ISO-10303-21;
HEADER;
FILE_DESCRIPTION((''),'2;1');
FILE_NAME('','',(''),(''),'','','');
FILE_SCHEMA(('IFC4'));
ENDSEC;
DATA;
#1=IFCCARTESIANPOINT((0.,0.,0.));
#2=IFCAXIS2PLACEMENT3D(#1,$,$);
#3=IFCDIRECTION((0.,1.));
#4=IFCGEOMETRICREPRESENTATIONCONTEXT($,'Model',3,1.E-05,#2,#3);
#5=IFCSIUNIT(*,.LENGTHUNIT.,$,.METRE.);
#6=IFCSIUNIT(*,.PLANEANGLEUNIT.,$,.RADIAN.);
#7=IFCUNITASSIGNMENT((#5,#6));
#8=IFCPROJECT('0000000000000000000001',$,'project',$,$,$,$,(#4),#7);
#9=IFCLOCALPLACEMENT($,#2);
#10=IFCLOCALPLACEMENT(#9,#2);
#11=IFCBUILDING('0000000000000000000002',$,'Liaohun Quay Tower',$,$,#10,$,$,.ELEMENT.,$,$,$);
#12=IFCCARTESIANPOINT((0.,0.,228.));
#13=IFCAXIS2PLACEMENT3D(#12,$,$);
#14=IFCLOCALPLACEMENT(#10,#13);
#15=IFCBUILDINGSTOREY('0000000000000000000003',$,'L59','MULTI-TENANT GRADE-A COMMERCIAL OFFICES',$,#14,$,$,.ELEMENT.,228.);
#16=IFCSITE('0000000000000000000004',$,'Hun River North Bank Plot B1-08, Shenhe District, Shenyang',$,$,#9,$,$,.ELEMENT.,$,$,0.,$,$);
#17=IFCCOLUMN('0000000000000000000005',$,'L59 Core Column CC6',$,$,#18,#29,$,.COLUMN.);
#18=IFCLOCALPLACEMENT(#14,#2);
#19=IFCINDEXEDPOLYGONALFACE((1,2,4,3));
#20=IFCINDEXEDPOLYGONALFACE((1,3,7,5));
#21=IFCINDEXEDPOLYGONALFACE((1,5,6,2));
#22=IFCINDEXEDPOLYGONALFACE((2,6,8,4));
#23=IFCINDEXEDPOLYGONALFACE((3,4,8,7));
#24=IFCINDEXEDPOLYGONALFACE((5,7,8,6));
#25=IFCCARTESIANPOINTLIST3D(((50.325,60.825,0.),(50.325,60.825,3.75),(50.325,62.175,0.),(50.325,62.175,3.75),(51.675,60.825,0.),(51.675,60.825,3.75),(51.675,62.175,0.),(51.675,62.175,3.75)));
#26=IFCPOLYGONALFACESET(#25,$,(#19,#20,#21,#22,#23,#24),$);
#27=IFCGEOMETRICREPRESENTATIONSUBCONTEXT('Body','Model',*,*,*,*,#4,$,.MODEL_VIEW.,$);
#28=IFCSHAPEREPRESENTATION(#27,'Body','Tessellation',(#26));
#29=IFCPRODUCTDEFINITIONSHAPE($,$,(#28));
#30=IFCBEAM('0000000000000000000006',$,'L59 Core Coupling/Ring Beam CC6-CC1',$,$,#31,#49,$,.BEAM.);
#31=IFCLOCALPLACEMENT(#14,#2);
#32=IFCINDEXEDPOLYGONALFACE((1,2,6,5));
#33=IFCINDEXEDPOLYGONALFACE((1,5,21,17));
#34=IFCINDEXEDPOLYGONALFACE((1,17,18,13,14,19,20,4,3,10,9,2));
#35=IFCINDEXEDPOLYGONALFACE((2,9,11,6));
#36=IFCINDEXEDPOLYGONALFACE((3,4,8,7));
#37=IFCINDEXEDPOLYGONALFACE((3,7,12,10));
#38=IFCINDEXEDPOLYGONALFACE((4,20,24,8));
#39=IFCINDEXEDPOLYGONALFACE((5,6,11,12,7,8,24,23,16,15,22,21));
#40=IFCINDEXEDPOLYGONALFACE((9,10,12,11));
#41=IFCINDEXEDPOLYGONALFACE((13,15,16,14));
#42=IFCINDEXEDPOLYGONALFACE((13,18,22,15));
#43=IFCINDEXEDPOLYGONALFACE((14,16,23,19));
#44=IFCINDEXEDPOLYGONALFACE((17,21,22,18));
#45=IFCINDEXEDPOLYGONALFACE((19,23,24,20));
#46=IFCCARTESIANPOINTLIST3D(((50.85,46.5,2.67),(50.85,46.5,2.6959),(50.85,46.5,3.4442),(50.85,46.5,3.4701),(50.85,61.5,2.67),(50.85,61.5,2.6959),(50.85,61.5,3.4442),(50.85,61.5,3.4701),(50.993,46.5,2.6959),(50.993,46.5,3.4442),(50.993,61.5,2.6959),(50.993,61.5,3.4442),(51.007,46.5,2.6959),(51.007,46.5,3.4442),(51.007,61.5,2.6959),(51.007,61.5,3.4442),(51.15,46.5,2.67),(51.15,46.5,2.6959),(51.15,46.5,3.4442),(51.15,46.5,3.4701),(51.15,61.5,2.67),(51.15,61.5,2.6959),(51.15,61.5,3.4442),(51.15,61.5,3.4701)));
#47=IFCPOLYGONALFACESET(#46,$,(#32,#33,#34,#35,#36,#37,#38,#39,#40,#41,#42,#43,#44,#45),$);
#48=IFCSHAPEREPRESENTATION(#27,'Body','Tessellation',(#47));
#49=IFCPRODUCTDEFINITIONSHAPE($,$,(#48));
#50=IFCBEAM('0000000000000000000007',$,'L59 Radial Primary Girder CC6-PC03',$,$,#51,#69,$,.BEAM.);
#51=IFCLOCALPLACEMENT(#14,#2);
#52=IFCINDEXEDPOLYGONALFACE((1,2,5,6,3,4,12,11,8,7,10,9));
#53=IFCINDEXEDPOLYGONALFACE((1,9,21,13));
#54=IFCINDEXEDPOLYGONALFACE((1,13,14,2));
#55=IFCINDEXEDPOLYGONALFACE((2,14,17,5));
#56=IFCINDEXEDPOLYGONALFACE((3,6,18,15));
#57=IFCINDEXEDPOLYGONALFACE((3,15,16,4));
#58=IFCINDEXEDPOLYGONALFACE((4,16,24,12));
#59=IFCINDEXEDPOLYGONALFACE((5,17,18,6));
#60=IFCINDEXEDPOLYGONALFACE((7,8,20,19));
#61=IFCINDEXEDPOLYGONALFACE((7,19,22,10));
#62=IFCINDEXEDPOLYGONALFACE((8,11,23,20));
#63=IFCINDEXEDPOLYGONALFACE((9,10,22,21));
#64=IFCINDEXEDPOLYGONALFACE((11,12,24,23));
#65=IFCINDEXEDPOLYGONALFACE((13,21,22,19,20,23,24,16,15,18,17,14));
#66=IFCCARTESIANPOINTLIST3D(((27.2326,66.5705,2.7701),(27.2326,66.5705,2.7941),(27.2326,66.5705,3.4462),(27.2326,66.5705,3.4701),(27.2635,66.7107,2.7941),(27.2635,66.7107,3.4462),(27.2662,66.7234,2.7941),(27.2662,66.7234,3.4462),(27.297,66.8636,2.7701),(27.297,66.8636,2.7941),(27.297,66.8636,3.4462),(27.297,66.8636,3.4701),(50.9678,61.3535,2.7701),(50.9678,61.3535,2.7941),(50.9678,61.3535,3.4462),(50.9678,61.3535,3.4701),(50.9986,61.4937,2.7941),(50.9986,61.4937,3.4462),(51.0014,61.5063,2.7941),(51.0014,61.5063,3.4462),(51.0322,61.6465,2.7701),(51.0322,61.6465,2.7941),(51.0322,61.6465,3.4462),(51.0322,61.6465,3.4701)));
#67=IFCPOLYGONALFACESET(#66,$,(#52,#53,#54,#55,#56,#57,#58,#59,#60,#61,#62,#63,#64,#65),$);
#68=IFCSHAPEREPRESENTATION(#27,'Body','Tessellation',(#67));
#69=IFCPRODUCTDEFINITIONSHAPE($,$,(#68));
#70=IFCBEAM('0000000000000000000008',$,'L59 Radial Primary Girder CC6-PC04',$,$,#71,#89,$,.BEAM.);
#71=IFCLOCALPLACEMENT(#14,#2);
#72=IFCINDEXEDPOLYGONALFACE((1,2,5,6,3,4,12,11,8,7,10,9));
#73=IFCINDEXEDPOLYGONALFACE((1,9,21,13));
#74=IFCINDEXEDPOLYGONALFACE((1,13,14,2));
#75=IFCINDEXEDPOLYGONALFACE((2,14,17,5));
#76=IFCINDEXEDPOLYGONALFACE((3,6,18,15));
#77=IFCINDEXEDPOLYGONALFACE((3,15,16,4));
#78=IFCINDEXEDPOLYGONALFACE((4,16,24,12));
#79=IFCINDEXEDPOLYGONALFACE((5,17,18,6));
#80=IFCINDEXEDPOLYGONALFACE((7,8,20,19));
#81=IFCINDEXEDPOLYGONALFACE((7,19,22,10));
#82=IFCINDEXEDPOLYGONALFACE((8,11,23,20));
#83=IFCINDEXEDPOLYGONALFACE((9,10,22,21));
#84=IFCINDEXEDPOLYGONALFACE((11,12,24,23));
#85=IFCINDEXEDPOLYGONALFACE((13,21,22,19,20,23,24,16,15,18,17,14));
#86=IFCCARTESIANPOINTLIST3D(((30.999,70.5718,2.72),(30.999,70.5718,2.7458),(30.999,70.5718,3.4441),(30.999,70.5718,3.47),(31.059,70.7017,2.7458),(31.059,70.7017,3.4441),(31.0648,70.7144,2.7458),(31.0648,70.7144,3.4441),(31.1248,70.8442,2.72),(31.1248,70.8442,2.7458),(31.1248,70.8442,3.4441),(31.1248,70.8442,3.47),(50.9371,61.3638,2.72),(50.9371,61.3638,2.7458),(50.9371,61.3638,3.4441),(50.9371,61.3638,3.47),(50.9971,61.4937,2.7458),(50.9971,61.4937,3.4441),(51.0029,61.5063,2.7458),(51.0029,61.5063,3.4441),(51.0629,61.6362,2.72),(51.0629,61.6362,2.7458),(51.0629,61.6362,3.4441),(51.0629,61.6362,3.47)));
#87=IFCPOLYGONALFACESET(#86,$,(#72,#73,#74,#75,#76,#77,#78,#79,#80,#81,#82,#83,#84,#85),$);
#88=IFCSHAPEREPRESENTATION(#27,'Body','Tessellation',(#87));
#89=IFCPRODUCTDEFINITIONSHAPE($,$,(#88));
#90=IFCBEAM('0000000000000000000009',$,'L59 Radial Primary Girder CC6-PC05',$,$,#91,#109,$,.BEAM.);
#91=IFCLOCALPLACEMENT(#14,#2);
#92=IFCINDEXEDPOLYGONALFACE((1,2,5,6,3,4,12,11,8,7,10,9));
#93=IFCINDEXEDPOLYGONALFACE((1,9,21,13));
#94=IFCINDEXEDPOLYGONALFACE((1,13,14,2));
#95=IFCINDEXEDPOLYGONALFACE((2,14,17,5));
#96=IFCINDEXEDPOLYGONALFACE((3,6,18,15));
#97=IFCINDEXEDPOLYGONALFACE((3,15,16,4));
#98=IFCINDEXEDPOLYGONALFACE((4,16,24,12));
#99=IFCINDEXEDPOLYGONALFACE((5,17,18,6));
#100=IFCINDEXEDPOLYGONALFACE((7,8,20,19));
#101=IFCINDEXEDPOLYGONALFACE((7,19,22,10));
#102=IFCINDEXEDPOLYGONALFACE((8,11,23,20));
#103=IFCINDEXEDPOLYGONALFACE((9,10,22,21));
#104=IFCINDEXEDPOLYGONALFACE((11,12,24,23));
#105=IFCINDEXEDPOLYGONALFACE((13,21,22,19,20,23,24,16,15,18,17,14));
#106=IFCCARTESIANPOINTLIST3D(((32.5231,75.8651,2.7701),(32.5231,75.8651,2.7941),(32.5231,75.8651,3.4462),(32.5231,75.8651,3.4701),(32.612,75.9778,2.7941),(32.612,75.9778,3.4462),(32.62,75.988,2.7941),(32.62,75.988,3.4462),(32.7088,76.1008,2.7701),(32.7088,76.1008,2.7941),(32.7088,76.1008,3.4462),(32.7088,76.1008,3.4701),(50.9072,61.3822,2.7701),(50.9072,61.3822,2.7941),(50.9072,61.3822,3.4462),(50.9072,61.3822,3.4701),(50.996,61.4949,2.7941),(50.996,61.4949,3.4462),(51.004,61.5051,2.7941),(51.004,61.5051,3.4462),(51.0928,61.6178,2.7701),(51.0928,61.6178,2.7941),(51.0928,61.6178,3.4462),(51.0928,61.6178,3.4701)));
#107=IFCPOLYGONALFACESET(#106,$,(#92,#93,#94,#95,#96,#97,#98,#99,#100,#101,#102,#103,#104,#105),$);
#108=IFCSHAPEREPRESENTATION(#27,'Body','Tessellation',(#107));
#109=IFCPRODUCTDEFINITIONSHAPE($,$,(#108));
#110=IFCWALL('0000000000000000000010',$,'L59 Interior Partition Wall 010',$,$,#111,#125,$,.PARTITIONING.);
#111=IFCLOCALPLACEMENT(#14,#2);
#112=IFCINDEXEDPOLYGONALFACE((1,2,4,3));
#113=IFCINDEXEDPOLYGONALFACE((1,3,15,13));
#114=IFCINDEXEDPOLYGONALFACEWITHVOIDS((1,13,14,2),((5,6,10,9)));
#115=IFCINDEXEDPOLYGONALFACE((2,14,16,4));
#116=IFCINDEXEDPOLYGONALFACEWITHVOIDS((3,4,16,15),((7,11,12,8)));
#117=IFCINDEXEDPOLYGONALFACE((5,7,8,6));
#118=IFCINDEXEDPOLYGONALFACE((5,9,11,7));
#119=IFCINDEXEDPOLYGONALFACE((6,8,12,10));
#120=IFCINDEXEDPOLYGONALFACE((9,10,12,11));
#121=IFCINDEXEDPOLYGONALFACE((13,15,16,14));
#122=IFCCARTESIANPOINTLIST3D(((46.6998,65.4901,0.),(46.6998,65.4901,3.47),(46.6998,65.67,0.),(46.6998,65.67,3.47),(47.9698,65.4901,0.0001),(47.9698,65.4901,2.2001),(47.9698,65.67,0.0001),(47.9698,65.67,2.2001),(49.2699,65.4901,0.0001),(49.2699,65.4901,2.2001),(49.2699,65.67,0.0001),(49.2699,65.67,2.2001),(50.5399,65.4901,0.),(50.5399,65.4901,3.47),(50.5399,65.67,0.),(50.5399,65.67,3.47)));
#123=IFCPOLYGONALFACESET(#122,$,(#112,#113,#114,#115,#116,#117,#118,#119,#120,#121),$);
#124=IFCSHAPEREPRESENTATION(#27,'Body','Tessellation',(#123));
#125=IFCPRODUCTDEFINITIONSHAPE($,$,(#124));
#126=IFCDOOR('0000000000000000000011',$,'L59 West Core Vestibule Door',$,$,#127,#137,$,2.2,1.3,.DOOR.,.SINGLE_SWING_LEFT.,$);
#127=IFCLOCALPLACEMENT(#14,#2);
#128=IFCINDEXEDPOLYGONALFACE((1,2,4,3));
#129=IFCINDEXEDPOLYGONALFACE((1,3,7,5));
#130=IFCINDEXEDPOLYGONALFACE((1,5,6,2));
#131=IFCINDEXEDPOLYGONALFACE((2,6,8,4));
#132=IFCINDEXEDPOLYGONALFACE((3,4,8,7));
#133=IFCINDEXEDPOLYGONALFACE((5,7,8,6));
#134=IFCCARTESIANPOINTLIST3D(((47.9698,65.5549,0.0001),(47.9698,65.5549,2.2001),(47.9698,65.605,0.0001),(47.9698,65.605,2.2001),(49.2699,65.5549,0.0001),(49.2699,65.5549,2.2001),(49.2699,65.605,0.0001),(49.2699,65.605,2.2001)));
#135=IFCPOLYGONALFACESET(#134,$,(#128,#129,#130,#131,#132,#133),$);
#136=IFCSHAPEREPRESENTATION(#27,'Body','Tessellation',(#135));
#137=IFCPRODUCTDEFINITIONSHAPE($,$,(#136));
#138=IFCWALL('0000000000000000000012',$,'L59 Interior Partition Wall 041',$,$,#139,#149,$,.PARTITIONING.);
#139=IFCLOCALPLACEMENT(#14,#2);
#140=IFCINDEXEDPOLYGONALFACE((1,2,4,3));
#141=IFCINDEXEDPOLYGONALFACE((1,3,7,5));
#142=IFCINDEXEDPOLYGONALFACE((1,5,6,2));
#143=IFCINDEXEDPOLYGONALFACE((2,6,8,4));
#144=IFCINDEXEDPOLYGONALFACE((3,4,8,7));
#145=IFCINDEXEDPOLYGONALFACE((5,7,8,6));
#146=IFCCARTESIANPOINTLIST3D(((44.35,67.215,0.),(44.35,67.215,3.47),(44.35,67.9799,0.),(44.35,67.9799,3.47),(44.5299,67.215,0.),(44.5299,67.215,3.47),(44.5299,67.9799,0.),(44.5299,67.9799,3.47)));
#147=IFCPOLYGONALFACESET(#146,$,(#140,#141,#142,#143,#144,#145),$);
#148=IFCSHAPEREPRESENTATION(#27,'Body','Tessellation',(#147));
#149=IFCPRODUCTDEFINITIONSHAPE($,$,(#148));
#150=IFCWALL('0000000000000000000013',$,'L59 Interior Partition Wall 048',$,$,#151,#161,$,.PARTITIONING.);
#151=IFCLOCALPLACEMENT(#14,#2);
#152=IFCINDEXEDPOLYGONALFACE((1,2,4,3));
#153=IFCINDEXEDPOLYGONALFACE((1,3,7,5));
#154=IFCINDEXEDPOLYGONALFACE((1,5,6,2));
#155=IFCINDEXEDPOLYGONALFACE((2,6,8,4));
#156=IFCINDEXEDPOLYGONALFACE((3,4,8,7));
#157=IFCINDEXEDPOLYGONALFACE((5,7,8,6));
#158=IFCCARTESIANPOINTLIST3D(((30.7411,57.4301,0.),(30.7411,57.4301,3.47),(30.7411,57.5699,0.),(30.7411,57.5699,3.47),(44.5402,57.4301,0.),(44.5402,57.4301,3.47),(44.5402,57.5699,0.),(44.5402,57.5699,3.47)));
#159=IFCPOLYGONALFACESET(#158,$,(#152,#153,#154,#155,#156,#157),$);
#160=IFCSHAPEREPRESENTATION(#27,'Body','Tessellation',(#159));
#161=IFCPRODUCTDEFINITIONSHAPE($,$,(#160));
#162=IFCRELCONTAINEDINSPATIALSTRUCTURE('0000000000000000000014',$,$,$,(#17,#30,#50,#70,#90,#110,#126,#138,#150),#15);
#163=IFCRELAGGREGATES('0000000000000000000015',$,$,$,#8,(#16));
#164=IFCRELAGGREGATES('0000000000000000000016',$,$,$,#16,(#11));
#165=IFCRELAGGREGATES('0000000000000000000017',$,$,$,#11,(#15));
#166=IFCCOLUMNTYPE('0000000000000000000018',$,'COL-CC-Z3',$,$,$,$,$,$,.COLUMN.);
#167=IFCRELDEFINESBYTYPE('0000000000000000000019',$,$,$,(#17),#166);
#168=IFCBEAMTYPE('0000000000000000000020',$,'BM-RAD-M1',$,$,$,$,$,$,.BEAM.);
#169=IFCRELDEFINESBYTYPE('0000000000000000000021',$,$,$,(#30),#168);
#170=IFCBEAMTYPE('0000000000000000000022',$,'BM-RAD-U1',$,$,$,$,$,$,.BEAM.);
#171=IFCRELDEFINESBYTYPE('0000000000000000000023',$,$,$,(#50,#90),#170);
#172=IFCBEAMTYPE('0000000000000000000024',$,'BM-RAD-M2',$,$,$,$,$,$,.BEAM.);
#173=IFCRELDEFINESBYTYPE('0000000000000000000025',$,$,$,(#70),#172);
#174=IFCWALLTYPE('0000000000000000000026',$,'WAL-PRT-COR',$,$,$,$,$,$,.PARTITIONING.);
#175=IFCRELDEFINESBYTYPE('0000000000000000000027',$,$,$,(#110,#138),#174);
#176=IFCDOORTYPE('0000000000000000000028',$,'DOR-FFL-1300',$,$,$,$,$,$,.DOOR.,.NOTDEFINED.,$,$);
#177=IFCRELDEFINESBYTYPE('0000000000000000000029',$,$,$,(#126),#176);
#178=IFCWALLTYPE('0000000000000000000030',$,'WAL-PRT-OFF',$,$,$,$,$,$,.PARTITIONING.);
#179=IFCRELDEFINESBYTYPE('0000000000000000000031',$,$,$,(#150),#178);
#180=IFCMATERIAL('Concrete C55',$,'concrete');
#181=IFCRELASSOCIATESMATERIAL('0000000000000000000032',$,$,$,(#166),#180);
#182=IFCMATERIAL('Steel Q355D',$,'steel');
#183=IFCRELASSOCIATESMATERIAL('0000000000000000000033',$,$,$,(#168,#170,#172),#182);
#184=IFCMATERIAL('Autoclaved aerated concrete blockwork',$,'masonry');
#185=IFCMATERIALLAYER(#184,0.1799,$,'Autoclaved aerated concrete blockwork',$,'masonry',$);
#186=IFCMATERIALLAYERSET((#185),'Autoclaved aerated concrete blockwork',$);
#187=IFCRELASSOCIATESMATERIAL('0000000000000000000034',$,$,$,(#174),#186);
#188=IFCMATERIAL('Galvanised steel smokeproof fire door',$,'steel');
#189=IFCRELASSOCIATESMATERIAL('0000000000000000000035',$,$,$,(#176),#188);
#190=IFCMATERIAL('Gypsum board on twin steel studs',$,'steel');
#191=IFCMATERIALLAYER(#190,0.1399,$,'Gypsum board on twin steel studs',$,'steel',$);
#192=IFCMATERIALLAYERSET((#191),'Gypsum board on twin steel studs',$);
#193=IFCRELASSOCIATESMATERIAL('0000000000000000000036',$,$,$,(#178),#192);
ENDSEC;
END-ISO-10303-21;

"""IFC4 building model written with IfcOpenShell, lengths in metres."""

from ifc_helpers import new_model, si_unit, direction, frame, frame_2d, origin, origin_2d, place, context, subcontext, project, spatial, rectangle, i_section, extrude, source, transform, mapped, material, layer, layer_set, material_profile, profile_set, type_object, element, fill, save


model = new_model("IFC4")

# Units and contexts
model_context = context("Model", 3, precision=1e-05, world=origin(), true_north=direction((0.0, 1.0)))
body_context = subcontext(model_context, "Body", "Model", "MODEL_VIEW")
ifc_project = project(units=[si_unit("LENGTHUNIT", "METRE"), si_unit("PLANEANGLEUNIT", "RADIAN")], contexts=[model_context])

# Site, building, storey
site_placement = place(None, origin())
site = spatial("IfcSite", under=ifc_project, at=site_placement, Name="Hun River North Bank Plot B1-08, Shenhe District, Shenyang", CompositionType="ELEMENT", RefElevation=0.0)
building_placement = place(site_placement, origin())
building = spatial("IfcBuilding", under=site, at=building_placement, Name="Liaohun Quay Tower", CompositionType="ELEMENT")
storey_placement = place(building_placement, frame((0.0, 0.0, 228.0)))
storey = spatial("IfcBuildingStorey", under=building, at=storey_placement, Name="L59", Description="MULTI-TENANT GRADE-A COMMERCIAL OFFICES", CompositionType="ELEMENT", Elevation=228.0)

# Column
ifc_material_1 = material(Name="Concrete C55", Category="concrete")
ifc_material_profile_1 = material_profile(ifc_material_1, rectangle(XDim=1.3501, YDim=1.3501, at=origin_2d()), Name="RC1350x1350")
ifc_profile_set_1 = profile_set([ifc_material_profile_1], Name="Concrete C55")
column_type = type_object("IfcColumnType", Name="COL-CC-Z3", PredefinedType="COLUMN", material=ifc_profile_set_1)
shared_shape_1 = source(origin(), body_context, "Body", "SweptSolid", [
    extrude(rectangle(XDim=1.3501, YDim=1.3501, at=origin_2d()), origin(), (0.0, 0.0, 1.0), 3.75),
])
column_placement = place(storey_placement, frame((51.0, 61.5, 0.0), z_axis=(0.0, 0.0, 1.0), x_axis=(1.0, 0.0, 0.0)))
element("IfcColumn", 1, at=column_placement, inside=storey, type_object=column_type, Name="L59 Core Column CC6", PredefinedType="COLUMN", context=body_context, shape_type="MappedRepresentation", body=[
    mapped(shared_shape_1, transform((0.0, 0.0, 0.0), x_axis=(1.0, 0.0, 0.0), y_axis=(0.0, 1.0, 0.0), z_axis=(0.0, 0.0, 1.0), scale=1.0)),
])

# Beams
ifc_material_2 = material(Name="Steel Q355D", Category="steel")
ifc_material_profile_2 = material_profile(ifc_material_2, i_section(OverallWidth=0.3, OverallDepth=0.8, WebThickness=0.0139, FlangeThickness=0.0259, at=origin_2d()), Name="HN800x300x14x26")
ifc_profile_set_2 = profile_set([ifc_material_profile_2], Name="Steel Q355D")
beam_type_1 = type_object("IfcBeamType", Name="BM-RAD-M1", PredefinedType="BEAM", material=ifc_profile_set_2)
shared_shape_2 = source(origin(), body_context, "Body", "SweptSolid", [
    extrude(i_section(OverallWidth=0.3, OverallDepth=0.8, WebThickness=0.0139, FlangeThickness=0.0259, at=origin_2d()), origin(), (0.0, 0.0, 1.0), 15.0),
])
beam_1_placement = place(storey_placement, frame((51.0, 61.5, 3.0701), z_axis=(0.0, -1.0, 0.0), x_axis=(1.0, 0.0, 0.0)))
element("IfcBeam", 2, at=beam_1_placement, inside=storey, type_object=beam_type_1, Name="L59 Core Coupling/Ring Beam CC6-CC1", PredefinedType="BEAM", context=body_context, shape_type="MappedRepresentation", body=[
    mapped(shared_shape_2, transform((0.0, 0.0, 0.0), x_axis=(1.0, 0.0, 0.0), y_axis=(0.0, 1.0, 0.0), z_axis=(0.0, 0.0, 1.0), scale=1.0)),
])
ifc_material_profile_3 = material_profile(ifc_material_2, i_section(OverallWidth=0.3, OverallDepth=0.7, WebThickness=0.0129, FlangeThickness=0.0239, at=origin_2d()), Name="HN700x300x13x24")
ifc_profile_set_3 = profile_set([ifc_material_profile_3], Name="Steel Q355D")
beam_type_2 = type_object("IfcBeamType", Name="BM-RAD-U1", PredefinedType="BEAM", material=ifc_profile_set_3)
shared_shape_3 = source(origin(), body_context, "Body", "SweptSolid", [
    extrude(i_section(OverallWidth=0.3, OverallDepth=0.7, WebThickness=0.0129, FlangeThickness=0.0239, at=origin_2d()), origin(), (0.0, 0.0, 1.0), 24.3018),
])
beam_2_placement = place(storey_placement, frame((51.0, 61.5, 3.1201), z_axis=(-0.976685, 0.214678, 0.0), x_axis=(-0.214678, -0.976685, 0.0)))
element("IfcBeam", 3, at=beam_2_placement, inside=storey, type_object=beam_type_2, Name="L59 Radial Primary Girder CC6-PC03", PredefinedType="BEAM", context=body_context, shape_type="MappedRepresentation", body=[
    mapped(shared_shape_3, transform((0.0, 0.0, 0.0), x_axis=(1.0, 0.0, 0.0), y_axis=(0.0, 1.0, 0.0), z_axis=(0.0, 0.0, 1.0), scale=1.0)),
])
ifc_material_profile_4 = material_profile(ifc_material_2, i_section(OverallWidth=0.3, OverallDepth=0.75, WebThickness=0.0139, FlangeThickness=0.0259, at=origin_2d()), Name="HN750x300x14x26")
ifc_profile_set_4 = profile_set([ifc_material_profile_4], Name="Steel Q355D")
beam_type_3 = type_object("IfcBeamType", Name="BM-RAD-M2", PredefinedType="BEAM", material=ifc_profile_set_4)
shared_shape_4 = source(origin(), body_context, "Body", "SweptSolid", [
    extrude(i_section(OverallWidth=0.3, OverallDepth=0.75, WebThickness=0.0139, FlangeThickness=0.0259, at=origin_2d()), origin(), (0.0, 0.0, 1.0), 21.9617),
])
beam_3_placement = place(storey_placement, frame((51.0, 61.5, 3.095), z_axis=(-0.907858, 0.419278, 0.0), x_axis=(-0.419278, -0.907858, 0.0)))
element("IfcBeam", 4, at=beam_3_placement, inside=storey, type_object=beam_type_3, Name="L59 Radial Primary Girder CC6-PC04", PredefinedType="BEAM", context=body_context, shape_type="MappedRepresentation", body=[
    mapped(shared_shape_4, transform((0.0, 0.0, 0.0), x_axis=(1.0, 0.0, 0.0), y_axis=(0.0, 1.0, 0.0), z_axis=(0.0, 0.0, 1.0), scale=1.0)),
])
shared_shape_5 = source(origin(), body_context, "Body", "SweptSolid", [
    extrude(i_section(OverallWidth=0.3, OverallDepth=0.7, WebThickness=0.0129, FlangeThickness=0.0239, at=origin_2d()), origin(), (0.0, 0.0, 1.0), 23.4036),
])
beam_4_placement = place(storey_placement, frame((51.0, 61.5, 3.1201), z_axis=(-0.785522, 0.618833, 0.0), x_axis=(-0.618833, -0.785522, 0.0)))
element("IfcBeam", 5, at=beam_4_placement, inside=storey, type_object=beam_type_2, Name="L59 Radial Primary Girder CC6-PC05", PredefinedType="BEAM", context=body_context, shape_type="MappedRepresentation", body=[
    mapped(shared_shape_5, transform((0.0, 0.0, 0.0), x_axis=(1.0, 0.0, 0.0), y_axis=(0.0, 1.0, 0.0), z_axis=(0.0, 0.0, 1.0), scale=1.0)),
])

# Wall, opening, door
ifc_material_3 = material(Name="Autoclaved aerated concrete blockwork", Category="masonry")
ifc_layer_1 = layer(ifc_material_3, 0.1799, Name="Autoclaved aerated concrete blockwork", Category="masonry")
ifc_layer_set_1 = layer_set([ifc_layer_1], Name="Autoclaved aerated concrete blockwork")
wall_type_1 = type_object("IfcWallType", Name="WAL-PRT-COR", PredefinedType="PARTITIONING", material=ifc_layer_set_1)
wall_1_placement = place(storey_placement, frame((46.7, 65.5801, 0.0), z_axis=(0.0, 0.0, 1.0), x_axis=(1.0, 0.0, 0.0)))
wall_1 = element("IfcWall", 6, at=wall_1_placement, inside=storey, type_object=wall_type_1, Name="L59 Interior Partition Wall 010", PredefinedType="PARTITIONING", context=body_context, shape_type="SweptSolid", body=[
    extrude(rectangle(XDim=3.8401, YDim=0.1799, at=frame_2d((1.9199, 0.0))), origin(), (0.0, 0.0, 1.0), 3.47),
])
shared_shape_6 = source(origin(), body_context, "Body", "SweptSolid", [
    extrude(rectangle(XDim=1.3, YDim=2.2, at=frame_2d((0.6499, 1.1001))), frame((0.0, 0.0999, 0.0), z_axis=(0.0, -1.0, 0.0), x_axis=(1.0, 0.0, 0.0)), (0.0, 0.0, 1.0), 0.2),
])
opening_1_placement = place(wall_1_placement, frame((1.27, 0.0, 0.0)))
opening_1 = element("IfcOpeningElement", 7, at=opening_1_placement, cuts=wall_1, PredefinedType="OPENING", context=body_context, shape_type="MappedRepresentation", body=[
    mapped(shared_shape_6, transform((0.0, 0.0, 0.0), x_axis=(1.0, 0.0, 0.0), y_axis=(0.0, 1.0, 0.0), z_axis=(0.0, 0.0, 1.0), scale=1.0)),
])
ifc_material_4 = material(Name="Galvanised steel smokeproof fire door", Category="steel")
door_type_1 = type_object("IfcDoorType", Name="DOR-FFL-1300", OperationType="NOTDEFINED", PredefinedType="DOOR", material=ifc_material_4)
shared_shape_7 = source(origin(), body_context, "Body", "SweptSolid", [
    extrude(rectangle(XDim=1.3, YDim=2.2, at=frame_2d((0.6499, 1.1001))), frame((0.0, 0.0249, 0.0), z_axis=(0.0, -1.0, 0.0), x_axis=(1.0, 0.0, 0.0)), (0.0, 0.0, 1.0), 0.05),
])
door_1_placement = place(opening_1_placement, origin())
door_1 = element("IfcDoor", 8, at=door_1_placement, inside=storey, type_object=door_type_1, Name="L59 West Core Vestibule Door", OperationType="SINGLE_SWING_LEFT", OverallHeight=2.2, OverallWidth=1.3, PredefinedType="DOOR", context=body_context, shape_type="MappedRepresentation", body=[
    mapped(shared_shape_7, transform((0.0, 0.0, 0.0), x_axis=(1.0, 0.0, 0.0), y_axis=(0.0, 1.0, 0.0), z_axis=(0.0, 0.0, 1.0), scale=1.0)),
])
fill(opening_1, door_1)

# Walls
wall_2_placement = place(storey_placement, frame((44.4399, 67.2151, 0.0), z_axis=(0.0, 0.0, 1.0), x_axis=(0.0, 1.0, 0.0)))
element("IfcWall", 9, at=wall_2_placement, inside=storey, type_object=wall_type_1, Name="L59 Interior Partition Wall 041", PredefinedType="PARTITIONING", context=body_context, shape_type="SweptSolid", body=[
    extrude(rectangle(XDim=0.7649, YDim=0.1799, at=frame_2d((0.3823, 0.0))), origin(), (0.0, 0.0, 1.0), 3.47),
])
ifc_material_5 = material(Name="Gypsum board on twin steel studs", Category="steel")
ifc_layer_2 = layer(ifc_material_5, 0.1399, Name="Gypsum board on twin steel studs", Category="steel")
ifc_layer_set_2 = layer_set([ifc_layer_2], Name="Gypsum board on twin steel studs")
wall_type_2 = type_object("IfcWallType", Name="WAL-PRT-OFF", PredefinedType="PARTITIONING", material=ifc_layer_set_2)
wall_3_placement = place(storey_placement, frame((44.54, 57.5, 0.0), z_axis=(0.0, 0.0, 1.0), x_axis=(-1.0, 0.0, 0.0)))
element("IfcWall", 10, at=wall_3_placement, inside=storey, type_object=wall_type_2, Name="L59 Interior Partition Wall 048", PredefinedType="PARTITIONING", context=body_context, shape_type="SweptSolid", body=[
    extrude(rectangle(XDim=13.7991, YDim=0.1399, at=frame_2d((6.8994, 0.0))), origin(), (0.0, 0.0, 1.0), 3.47),
])

save(model, "model.ifc")
